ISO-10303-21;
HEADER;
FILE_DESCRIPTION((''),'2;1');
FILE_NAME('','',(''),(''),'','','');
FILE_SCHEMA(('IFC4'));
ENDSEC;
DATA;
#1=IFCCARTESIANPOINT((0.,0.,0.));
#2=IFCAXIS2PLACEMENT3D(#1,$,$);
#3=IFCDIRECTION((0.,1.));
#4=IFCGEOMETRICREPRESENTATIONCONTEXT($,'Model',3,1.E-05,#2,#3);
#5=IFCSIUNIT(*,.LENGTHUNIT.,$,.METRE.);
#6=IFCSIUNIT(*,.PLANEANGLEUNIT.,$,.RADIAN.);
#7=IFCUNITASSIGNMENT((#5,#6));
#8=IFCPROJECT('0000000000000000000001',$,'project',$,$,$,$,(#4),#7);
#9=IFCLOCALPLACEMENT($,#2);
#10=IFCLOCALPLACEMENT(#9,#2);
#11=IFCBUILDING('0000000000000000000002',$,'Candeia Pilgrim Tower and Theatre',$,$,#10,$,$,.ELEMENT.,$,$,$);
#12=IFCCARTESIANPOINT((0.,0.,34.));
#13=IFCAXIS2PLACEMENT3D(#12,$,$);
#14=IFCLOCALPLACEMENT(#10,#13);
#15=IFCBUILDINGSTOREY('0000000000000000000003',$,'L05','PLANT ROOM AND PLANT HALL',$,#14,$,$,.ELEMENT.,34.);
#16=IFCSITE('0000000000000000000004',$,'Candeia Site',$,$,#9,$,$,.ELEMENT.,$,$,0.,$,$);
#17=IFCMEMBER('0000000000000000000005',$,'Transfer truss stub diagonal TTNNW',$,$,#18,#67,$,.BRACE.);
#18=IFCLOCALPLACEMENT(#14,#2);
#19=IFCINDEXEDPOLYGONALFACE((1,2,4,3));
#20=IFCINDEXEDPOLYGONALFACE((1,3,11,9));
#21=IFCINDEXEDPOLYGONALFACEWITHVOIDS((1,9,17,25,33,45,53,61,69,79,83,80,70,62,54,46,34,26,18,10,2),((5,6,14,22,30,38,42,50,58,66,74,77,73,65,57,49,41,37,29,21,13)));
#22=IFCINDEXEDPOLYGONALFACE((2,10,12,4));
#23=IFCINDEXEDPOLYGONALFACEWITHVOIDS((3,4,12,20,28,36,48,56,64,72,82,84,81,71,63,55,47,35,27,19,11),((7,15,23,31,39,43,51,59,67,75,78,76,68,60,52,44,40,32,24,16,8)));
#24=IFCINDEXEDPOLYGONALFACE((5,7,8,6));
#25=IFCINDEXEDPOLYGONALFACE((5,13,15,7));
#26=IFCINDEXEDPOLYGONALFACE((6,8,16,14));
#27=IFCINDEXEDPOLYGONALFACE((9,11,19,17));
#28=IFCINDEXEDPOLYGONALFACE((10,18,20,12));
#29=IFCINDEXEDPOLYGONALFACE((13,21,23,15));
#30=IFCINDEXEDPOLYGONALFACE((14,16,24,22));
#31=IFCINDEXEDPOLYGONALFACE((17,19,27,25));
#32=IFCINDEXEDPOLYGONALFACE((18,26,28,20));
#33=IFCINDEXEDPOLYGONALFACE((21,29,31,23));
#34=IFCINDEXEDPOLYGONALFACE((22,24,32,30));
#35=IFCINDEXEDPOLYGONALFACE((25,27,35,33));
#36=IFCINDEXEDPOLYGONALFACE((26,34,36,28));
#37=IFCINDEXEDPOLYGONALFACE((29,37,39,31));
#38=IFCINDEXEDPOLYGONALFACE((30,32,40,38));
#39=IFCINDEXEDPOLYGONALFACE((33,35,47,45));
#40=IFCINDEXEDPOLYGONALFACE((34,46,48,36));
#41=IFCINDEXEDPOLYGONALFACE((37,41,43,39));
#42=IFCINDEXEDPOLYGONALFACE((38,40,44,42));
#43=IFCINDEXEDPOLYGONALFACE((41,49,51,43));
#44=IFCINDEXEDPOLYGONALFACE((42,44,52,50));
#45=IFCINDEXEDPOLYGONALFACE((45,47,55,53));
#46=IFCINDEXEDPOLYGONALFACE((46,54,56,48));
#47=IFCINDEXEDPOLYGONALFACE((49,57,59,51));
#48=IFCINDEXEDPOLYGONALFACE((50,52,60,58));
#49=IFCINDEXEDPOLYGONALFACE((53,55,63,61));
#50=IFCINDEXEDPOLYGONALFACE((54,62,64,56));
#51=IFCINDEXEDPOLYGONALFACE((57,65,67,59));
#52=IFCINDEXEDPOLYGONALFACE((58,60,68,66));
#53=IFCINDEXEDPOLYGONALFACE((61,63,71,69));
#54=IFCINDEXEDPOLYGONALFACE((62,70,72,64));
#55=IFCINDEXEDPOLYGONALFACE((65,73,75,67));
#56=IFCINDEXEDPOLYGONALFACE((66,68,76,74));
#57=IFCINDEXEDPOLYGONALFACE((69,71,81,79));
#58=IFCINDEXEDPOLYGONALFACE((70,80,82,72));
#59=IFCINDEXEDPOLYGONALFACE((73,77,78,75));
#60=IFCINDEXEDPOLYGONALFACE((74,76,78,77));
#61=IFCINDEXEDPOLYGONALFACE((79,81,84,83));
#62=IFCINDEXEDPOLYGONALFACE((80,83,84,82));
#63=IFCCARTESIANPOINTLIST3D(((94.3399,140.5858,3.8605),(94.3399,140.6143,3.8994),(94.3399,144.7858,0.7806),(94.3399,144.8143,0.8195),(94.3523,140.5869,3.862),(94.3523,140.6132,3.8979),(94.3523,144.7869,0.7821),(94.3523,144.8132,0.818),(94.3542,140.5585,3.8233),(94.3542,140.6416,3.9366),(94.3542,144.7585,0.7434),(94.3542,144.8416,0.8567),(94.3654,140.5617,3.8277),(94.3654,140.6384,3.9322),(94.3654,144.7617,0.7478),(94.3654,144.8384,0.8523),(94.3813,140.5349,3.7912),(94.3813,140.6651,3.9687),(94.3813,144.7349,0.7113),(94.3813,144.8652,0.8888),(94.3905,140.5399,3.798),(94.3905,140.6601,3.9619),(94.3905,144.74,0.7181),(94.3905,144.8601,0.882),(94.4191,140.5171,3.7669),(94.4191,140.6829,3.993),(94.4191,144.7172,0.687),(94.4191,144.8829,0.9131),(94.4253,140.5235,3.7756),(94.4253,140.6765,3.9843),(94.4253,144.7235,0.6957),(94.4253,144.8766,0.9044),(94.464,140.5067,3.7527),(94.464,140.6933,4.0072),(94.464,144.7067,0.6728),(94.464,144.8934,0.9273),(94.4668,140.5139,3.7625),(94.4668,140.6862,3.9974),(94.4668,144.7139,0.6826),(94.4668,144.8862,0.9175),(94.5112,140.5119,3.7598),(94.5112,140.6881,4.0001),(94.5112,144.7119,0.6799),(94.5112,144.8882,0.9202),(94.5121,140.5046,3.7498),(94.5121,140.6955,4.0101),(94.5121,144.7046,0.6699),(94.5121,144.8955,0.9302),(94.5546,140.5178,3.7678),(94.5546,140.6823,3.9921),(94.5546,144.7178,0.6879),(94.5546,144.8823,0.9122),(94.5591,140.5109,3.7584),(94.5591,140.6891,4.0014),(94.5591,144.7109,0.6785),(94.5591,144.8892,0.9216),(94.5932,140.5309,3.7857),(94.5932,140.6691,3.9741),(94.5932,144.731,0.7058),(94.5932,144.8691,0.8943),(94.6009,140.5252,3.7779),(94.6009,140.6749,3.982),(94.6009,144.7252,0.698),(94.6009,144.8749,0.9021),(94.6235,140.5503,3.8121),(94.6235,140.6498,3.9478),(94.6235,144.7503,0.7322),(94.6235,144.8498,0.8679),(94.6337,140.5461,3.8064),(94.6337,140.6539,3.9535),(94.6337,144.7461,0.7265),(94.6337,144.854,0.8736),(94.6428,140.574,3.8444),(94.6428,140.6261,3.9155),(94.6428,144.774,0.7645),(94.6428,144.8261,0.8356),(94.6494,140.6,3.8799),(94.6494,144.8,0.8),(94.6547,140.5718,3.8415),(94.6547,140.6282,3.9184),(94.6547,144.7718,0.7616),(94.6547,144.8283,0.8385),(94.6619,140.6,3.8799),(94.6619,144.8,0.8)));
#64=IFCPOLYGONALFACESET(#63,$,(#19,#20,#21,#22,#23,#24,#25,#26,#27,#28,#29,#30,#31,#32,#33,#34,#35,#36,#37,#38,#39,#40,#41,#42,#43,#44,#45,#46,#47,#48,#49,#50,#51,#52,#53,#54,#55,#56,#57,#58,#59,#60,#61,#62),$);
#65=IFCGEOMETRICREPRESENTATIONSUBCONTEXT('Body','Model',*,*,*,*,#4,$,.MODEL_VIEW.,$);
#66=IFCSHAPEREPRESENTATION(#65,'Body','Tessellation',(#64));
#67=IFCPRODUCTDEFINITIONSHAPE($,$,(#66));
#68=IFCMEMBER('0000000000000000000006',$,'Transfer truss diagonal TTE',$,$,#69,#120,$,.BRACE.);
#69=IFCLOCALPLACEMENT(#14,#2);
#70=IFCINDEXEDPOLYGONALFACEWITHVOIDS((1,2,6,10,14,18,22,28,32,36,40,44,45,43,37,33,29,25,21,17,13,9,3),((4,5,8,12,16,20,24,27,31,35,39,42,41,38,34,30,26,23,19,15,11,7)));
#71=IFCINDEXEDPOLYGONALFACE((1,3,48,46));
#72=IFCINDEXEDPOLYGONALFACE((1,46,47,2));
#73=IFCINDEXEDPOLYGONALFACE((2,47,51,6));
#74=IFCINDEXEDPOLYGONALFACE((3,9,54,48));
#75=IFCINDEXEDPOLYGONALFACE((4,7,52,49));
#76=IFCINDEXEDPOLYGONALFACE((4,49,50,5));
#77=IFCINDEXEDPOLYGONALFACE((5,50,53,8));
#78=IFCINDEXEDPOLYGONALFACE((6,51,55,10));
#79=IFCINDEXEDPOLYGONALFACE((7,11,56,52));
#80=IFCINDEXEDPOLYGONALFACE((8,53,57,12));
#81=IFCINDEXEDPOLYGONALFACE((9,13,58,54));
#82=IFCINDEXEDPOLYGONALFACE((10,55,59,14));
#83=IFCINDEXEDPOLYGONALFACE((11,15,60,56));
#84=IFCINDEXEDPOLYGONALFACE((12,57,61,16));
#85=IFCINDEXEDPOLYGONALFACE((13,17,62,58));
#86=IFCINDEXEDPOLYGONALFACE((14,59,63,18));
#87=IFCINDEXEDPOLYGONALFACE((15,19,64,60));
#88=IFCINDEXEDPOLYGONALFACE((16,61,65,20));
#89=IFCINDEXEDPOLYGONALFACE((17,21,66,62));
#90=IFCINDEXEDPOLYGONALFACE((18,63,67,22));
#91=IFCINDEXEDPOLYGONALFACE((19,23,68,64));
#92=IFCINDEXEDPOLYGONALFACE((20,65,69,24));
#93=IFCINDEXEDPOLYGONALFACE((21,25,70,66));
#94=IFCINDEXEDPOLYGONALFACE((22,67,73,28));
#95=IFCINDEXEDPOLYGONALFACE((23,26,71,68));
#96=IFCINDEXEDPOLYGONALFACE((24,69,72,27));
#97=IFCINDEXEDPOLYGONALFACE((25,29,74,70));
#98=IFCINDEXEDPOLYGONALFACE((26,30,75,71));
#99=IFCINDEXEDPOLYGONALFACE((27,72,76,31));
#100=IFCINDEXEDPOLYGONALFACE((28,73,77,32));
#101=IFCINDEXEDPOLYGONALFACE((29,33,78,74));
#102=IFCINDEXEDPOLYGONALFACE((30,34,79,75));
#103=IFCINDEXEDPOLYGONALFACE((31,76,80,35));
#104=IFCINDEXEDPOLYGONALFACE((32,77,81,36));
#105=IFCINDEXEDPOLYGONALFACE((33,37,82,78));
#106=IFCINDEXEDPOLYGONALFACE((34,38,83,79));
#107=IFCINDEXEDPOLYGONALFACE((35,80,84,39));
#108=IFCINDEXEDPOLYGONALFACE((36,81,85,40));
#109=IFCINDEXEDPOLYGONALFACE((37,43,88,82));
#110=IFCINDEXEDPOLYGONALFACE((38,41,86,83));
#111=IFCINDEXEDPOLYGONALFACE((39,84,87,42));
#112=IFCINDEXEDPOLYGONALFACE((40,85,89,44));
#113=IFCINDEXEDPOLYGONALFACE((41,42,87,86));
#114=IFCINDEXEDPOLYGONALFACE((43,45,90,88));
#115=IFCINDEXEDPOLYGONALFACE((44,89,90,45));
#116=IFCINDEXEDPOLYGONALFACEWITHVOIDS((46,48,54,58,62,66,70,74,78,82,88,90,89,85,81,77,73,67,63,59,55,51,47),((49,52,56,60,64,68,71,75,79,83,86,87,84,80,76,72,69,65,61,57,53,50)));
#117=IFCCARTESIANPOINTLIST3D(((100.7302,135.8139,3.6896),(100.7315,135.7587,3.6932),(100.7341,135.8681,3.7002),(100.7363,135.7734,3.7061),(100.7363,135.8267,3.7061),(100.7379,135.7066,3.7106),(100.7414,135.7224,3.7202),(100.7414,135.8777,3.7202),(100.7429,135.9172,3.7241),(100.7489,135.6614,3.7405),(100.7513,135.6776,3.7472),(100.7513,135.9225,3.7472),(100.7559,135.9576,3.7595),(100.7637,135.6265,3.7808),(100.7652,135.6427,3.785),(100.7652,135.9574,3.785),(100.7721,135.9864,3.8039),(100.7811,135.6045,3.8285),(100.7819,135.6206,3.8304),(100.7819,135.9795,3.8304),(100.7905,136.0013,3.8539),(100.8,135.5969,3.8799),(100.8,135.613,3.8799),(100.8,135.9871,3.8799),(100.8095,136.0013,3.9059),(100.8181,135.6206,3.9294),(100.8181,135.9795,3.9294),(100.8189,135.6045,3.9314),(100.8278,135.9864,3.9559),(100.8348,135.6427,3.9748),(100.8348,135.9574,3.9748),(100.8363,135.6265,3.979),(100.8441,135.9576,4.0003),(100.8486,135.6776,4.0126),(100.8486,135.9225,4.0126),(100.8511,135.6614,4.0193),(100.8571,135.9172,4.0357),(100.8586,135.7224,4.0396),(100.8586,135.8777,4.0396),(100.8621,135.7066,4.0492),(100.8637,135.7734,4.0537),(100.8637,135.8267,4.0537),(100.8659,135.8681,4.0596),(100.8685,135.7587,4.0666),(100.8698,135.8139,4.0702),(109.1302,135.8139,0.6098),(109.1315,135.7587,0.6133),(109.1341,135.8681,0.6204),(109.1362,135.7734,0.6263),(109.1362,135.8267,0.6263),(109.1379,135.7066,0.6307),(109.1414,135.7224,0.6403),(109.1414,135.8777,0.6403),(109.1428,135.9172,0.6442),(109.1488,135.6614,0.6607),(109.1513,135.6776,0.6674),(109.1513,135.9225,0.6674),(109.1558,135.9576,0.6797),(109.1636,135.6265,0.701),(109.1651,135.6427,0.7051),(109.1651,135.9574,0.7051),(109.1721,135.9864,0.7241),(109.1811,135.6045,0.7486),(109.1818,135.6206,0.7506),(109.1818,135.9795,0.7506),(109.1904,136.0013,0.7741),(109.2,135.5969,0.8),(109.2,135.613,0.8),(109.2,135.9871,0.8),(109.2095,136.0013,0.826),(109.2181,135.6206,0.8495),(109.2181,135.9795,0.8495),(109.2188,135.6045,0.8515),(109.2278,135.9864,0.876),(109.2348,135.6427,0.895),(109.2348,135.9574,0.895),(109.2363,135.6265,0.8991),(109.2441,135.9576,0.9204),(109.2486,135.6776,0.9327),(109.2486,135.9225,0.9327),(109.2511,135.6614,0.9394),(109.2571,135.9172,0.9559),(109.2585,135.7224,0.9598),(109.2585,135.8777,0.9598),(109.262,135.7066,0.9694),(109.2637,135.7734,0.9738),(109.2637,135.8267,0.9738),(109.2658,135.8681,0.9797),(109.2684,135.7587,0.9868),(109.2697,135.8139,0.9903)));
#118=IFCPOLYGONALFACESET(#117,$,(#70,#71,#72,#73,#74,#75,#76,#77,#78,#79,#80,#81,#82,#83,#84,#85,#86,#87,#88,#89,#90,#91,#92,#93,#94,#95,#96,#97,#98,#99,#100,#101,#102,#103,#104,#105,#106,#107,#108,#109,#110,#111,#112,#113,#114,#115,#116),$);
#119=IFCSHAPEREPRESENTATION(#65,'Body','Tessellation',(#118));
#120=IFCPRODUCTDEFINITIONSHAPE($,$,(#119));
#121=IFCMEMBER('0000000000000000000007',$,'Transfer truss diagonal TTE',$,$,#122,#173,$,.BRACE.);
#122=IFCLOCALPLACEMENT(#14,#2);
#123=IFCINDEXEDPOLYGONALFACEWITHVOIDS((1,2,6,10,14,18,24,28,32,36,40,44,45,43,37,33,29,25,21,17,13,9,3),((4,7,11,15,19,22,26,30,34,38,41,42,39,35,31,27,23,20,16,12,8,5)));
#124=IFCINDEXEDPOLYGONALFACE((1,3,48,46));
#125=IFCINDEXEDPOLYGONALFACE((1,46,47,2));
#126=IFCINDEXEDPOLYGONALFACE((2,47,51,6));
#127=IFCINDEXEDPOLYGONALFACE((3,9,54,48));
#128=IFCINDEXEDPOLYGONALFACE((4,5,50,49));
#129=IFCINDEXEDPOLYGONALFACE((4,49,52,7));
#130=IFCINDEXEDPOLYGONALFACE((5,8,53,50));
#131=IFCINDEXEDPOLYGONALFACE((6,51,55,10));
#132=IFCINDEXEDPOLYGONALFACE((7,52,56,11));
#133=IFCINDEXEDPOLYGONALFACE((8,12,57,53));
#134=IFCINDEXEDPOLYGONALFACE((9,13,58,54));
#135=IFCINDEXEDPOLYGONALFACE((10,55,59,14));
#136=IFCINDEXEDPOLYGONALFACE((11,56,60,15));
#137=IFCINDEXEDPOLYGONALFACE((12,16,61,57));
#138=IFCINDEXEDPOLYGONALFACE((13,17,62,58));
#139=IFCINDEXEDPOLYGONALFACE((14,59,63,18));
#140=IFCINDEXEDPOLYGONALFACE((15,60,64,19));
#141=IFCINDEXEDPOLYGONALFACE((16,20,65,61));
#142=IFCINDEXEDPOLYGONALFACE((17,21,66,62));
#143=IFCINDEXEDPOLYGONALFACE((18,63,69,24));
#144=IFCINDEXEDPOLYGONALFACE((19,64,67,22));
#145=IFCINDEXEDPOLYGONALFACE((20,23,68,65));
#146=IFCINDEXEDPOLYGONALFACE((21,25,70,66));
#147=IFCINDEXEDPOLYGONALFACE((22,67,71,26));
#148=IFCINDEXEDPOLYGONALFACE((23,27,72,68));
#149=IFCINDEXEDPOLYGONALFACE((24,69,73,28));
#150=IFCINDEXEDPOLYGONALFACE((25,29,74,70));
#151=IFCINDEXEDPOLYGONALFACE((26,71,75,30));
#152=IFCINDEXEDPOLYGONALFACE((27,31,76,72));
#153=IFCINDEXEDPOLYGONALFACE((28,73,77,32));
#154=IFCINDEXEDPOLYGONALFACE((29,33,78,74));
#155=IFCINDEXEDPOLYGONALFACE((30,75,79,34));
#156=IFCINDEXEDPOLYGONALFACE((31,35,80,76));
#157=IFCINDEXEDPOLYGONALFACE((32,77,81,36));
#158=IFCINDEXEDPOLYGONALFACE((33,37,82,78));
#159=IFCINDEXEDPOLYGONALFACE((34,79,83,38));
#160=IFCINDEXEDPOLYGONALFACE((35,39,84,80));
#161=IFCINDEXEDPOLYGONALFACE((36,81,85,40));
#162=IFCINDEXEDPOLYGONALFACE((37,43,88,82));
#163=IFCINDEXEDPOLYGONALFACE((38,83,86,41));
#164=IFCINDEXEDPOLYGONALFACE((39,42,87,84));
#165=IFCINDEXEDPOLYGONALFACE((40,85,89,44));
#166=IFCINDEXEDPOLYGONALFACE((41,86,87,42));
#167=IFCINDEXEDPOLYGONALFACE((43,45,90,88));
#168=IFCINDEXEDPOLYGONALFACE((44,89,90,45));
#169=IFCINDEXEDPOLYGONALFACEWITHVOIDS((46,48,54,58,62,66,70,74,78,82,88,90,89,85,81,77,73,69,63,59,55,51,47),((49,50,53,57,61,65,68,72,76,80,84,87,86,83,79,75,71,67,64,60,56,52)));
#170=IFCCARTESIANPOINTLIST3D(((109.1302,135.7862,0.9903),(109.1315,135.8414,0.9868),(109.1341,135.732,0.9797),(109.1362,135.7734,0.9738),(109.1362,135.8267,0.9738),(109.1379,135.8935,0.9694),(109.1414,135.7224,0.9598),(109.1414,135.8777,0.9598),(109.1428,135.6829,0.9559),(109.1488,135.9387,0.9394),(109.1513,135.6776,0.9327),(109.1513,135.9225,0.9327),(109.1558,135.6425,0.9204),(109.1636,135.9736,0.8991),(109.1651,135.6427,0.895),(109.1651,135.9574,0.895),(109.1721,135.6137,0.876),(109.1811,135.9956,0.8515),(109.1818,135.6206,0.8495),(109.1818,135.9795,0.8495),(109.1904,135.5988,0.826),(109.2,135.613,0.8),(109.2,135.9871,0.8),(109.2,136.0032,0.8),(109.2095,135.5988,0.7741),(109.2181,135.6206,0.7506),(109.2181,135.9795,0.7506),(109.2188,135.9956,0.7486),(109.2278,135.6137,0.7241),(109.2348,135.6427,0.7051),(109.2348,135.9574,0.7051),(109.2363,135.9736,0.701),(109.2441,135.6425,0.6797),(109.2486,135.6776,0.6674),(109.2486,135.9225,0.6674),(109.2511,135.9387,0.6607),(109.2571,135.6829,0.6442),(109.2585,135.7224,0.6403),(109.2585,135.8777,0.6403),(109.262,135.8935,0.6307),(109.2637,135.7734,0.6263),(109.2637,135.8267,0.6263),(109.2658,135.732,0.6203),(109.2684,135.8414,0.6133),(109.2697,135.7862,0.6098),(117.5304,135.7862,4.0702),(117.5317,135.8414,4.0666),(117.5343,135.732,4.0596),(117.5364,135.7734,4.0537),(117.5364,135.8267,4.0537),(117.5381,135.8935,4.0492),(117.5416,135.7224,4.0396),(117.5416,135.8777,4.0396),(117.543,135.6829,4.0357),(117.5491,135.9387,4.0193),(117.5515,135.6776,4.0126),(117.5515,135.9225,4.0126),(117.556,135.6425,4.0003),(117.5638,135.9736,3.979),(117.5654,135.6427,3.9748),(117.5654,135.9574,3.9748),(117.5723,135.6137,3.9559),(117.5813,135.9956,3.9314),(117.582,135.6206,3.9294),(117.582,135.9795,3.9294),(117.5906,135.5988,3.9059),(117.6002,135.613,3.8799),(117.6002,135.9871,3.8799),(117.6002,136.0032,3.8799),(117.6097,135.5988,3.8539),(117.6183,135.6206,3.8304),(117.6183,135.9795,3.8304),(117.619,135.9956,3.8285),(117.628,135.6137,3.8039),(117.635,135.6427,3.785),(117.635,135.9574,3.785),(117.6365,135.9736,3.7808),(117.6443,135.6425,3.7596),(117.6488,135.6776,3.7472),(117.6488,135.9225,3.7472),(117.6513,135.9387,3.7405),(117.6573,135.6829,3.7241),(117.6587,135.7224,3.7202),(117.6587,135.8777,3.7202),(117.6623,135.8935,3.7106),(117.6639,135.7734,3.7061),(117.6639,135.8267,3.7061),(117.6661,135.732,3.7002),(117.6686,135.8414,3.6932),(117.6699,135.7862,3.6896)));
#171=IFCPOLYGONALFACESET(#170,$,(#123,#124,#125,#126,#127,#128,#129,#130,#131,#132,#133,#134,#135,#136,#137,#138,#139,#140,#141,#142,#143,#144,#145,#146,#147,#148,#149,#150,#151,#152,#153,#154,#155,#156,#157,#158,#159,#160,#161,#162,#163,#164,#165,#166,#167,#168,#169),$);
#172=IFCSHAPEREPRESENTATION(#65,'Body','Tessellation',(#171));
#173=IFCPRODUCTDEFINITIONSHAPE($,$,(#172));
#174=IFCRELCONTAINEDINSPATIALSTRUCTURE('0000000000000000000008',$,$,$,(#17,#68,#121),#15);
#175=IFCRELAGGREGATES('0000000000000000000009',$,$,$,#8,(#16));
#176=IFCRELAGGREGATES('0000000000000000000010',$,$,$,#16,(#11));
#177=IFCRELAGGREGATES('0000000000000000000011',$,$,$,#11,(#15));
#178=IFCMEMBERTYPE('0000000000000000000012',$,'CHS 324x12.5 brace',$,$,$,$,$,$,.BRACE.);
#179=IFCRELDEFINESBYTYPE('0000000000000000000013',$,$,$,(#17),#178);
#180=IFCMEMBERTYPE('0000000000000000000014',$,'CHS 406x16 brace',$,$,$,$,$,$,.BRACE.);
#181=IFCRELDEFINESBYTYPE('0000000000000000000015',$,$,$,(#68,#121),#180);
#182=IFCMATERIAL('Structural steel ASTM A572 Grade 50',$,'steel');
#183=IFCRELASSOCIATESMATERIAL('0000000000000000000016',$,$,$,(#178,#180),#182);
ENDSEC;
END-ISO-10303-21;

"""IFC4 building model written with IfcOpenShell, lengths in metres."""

from ifc_helpers import new_model, si_unit, direction, frame, origin, origin_2d, place, context, subcontext, project, spatial, hollow_circle, extrude, material, material_profile, profile_set, type_object, element, save


model = new_model("IFC4")

# Units and contexts
model_context = context("Model", 3, precision=1e-05, world=origin(), true_north=direction((0.0, 1.0)))
body_context = subcontext(model_context, "Body", "Model", "MODEL_VIEW")
ifc_project = project(units=[si_unit("LENGTHUNIT", "METRE"), si_unit("PLANEANGLEUNIT", "RADIAN")], contexts=[model_context])

# Site, building, storey
site_placement = place(None, origin())
site = spatial("IfcSite", under=ifc_project, at=site_placement, Name="Candeia Site", CompositionType="ELEMENT", RefElevation=0.0)
building_placement = place(site_placement, origin())
building = spatial("IfcBuilding", under=site, at=building_placement, Name="Candeia Pilgrim Tower and Theatre", CompositionType="ELEMENT")
storey_placement = place(building_placement, frame((0.0, 0.0, 34.0)))
storey = spatial("IfcBuildingStorey", under=building, at=storey_placement, Name="L05", Description="PLANT ROOM AND PLANT HALL", CompositionType="ELEMENT", Elevation=34.0)

# Members
ifc_material_1 = material(Name="Structural steel ASTM A572 Grade 50", Category="steel")
ifc_material_profile_1 = material_profile(ifc_material_1, hollow_circle(Radius=0.1619, WallThickness=0.0125, at=origin_2d()))
ifc_profile_set_1 = profile_set([ifc_material_profile_1], Name="Structural steel ASTM A572 Grade 50")
member_type_1 = type_object("IfcMemberType", Name="CHS 324x12.5 brace", PredefinedType="BRACE", material=ifc_profile_set_1)
member_1_placement = place(storey_placement, frame((94.5, 144.8, 0.8), z_axis=(0.0, -0.806417, 0.591347), x_axis=(1.0, 0.0, 0.0)))
element("IfcMember", 1, at=member_1_placement, inside=storey, type_object=member_type_1, Name="Transfer truss stub diagonal TTNNW", PredefinedType="BRACE", context=body_context, shape_type="SweptSolid", body=[
    extrude(hollow_circle(Radius=0.1619, WallThickness=0.0125, at=origin_2d()), origin(), (0.0, 0.0, 1.0), 5.2083),
])
ifc_material_profile_2 = material_profile(ifc_material_1, hollow_circle(Radius=0.2031, WallThickness=0.0161, at=origin_2d()))
ifc_profile_set_2 = profile_set([ifc_material_profile_2], Name="Structural steel ASTM A572 Grade 50")
member_type_2 = type_object("IfcMemberType", Name="CHS 406x16 brace", PredefinedType="BRACE", material=ifc_profile_set_2)
member_2_placement = place(storey_placement, frame((109.2, 135.8, 0.8), z_axis=(-0.938881, 0.0, 0.344242), x_axis=(0.0, -1.0, 0.0)))
element("IfcMember", 2, at=member_2_placement, inside=storey, type_object=member_type_2, Name="Transfer truss diagonal TTE", PredefinedType="BRACE", context=body_context, shape_type="SweptSolid", body=[
    extrude(hollow_circle(Radius=0.2031, WallThickness=0.0161, at=origin_2d()), origin(), (0.0, 0.0, 1.0), 8.9468),
])
member_3_placement = place(storey_placement, frame((109.2, 135.8, 0.8), z_axis=(0.938884, 0.0, 0.344233), x_axis=(0.0, 1.0, 0.0)))
element("IfcMember", 3, at=member_3_placement, inside=storey, type_object=member_type_2, Name="Transfer truss diagonal TTE", PredefinedType="BRACE", context=body_context, shape_type="SweptSolid", body=[
    extrude(hollow_circle(Radius=0.2031, WallThickness=0.0161, at=origin_2d()), origin(), (0.0, 0.0, 1.0), 8.947),
])

save(model, "model.ifc")
